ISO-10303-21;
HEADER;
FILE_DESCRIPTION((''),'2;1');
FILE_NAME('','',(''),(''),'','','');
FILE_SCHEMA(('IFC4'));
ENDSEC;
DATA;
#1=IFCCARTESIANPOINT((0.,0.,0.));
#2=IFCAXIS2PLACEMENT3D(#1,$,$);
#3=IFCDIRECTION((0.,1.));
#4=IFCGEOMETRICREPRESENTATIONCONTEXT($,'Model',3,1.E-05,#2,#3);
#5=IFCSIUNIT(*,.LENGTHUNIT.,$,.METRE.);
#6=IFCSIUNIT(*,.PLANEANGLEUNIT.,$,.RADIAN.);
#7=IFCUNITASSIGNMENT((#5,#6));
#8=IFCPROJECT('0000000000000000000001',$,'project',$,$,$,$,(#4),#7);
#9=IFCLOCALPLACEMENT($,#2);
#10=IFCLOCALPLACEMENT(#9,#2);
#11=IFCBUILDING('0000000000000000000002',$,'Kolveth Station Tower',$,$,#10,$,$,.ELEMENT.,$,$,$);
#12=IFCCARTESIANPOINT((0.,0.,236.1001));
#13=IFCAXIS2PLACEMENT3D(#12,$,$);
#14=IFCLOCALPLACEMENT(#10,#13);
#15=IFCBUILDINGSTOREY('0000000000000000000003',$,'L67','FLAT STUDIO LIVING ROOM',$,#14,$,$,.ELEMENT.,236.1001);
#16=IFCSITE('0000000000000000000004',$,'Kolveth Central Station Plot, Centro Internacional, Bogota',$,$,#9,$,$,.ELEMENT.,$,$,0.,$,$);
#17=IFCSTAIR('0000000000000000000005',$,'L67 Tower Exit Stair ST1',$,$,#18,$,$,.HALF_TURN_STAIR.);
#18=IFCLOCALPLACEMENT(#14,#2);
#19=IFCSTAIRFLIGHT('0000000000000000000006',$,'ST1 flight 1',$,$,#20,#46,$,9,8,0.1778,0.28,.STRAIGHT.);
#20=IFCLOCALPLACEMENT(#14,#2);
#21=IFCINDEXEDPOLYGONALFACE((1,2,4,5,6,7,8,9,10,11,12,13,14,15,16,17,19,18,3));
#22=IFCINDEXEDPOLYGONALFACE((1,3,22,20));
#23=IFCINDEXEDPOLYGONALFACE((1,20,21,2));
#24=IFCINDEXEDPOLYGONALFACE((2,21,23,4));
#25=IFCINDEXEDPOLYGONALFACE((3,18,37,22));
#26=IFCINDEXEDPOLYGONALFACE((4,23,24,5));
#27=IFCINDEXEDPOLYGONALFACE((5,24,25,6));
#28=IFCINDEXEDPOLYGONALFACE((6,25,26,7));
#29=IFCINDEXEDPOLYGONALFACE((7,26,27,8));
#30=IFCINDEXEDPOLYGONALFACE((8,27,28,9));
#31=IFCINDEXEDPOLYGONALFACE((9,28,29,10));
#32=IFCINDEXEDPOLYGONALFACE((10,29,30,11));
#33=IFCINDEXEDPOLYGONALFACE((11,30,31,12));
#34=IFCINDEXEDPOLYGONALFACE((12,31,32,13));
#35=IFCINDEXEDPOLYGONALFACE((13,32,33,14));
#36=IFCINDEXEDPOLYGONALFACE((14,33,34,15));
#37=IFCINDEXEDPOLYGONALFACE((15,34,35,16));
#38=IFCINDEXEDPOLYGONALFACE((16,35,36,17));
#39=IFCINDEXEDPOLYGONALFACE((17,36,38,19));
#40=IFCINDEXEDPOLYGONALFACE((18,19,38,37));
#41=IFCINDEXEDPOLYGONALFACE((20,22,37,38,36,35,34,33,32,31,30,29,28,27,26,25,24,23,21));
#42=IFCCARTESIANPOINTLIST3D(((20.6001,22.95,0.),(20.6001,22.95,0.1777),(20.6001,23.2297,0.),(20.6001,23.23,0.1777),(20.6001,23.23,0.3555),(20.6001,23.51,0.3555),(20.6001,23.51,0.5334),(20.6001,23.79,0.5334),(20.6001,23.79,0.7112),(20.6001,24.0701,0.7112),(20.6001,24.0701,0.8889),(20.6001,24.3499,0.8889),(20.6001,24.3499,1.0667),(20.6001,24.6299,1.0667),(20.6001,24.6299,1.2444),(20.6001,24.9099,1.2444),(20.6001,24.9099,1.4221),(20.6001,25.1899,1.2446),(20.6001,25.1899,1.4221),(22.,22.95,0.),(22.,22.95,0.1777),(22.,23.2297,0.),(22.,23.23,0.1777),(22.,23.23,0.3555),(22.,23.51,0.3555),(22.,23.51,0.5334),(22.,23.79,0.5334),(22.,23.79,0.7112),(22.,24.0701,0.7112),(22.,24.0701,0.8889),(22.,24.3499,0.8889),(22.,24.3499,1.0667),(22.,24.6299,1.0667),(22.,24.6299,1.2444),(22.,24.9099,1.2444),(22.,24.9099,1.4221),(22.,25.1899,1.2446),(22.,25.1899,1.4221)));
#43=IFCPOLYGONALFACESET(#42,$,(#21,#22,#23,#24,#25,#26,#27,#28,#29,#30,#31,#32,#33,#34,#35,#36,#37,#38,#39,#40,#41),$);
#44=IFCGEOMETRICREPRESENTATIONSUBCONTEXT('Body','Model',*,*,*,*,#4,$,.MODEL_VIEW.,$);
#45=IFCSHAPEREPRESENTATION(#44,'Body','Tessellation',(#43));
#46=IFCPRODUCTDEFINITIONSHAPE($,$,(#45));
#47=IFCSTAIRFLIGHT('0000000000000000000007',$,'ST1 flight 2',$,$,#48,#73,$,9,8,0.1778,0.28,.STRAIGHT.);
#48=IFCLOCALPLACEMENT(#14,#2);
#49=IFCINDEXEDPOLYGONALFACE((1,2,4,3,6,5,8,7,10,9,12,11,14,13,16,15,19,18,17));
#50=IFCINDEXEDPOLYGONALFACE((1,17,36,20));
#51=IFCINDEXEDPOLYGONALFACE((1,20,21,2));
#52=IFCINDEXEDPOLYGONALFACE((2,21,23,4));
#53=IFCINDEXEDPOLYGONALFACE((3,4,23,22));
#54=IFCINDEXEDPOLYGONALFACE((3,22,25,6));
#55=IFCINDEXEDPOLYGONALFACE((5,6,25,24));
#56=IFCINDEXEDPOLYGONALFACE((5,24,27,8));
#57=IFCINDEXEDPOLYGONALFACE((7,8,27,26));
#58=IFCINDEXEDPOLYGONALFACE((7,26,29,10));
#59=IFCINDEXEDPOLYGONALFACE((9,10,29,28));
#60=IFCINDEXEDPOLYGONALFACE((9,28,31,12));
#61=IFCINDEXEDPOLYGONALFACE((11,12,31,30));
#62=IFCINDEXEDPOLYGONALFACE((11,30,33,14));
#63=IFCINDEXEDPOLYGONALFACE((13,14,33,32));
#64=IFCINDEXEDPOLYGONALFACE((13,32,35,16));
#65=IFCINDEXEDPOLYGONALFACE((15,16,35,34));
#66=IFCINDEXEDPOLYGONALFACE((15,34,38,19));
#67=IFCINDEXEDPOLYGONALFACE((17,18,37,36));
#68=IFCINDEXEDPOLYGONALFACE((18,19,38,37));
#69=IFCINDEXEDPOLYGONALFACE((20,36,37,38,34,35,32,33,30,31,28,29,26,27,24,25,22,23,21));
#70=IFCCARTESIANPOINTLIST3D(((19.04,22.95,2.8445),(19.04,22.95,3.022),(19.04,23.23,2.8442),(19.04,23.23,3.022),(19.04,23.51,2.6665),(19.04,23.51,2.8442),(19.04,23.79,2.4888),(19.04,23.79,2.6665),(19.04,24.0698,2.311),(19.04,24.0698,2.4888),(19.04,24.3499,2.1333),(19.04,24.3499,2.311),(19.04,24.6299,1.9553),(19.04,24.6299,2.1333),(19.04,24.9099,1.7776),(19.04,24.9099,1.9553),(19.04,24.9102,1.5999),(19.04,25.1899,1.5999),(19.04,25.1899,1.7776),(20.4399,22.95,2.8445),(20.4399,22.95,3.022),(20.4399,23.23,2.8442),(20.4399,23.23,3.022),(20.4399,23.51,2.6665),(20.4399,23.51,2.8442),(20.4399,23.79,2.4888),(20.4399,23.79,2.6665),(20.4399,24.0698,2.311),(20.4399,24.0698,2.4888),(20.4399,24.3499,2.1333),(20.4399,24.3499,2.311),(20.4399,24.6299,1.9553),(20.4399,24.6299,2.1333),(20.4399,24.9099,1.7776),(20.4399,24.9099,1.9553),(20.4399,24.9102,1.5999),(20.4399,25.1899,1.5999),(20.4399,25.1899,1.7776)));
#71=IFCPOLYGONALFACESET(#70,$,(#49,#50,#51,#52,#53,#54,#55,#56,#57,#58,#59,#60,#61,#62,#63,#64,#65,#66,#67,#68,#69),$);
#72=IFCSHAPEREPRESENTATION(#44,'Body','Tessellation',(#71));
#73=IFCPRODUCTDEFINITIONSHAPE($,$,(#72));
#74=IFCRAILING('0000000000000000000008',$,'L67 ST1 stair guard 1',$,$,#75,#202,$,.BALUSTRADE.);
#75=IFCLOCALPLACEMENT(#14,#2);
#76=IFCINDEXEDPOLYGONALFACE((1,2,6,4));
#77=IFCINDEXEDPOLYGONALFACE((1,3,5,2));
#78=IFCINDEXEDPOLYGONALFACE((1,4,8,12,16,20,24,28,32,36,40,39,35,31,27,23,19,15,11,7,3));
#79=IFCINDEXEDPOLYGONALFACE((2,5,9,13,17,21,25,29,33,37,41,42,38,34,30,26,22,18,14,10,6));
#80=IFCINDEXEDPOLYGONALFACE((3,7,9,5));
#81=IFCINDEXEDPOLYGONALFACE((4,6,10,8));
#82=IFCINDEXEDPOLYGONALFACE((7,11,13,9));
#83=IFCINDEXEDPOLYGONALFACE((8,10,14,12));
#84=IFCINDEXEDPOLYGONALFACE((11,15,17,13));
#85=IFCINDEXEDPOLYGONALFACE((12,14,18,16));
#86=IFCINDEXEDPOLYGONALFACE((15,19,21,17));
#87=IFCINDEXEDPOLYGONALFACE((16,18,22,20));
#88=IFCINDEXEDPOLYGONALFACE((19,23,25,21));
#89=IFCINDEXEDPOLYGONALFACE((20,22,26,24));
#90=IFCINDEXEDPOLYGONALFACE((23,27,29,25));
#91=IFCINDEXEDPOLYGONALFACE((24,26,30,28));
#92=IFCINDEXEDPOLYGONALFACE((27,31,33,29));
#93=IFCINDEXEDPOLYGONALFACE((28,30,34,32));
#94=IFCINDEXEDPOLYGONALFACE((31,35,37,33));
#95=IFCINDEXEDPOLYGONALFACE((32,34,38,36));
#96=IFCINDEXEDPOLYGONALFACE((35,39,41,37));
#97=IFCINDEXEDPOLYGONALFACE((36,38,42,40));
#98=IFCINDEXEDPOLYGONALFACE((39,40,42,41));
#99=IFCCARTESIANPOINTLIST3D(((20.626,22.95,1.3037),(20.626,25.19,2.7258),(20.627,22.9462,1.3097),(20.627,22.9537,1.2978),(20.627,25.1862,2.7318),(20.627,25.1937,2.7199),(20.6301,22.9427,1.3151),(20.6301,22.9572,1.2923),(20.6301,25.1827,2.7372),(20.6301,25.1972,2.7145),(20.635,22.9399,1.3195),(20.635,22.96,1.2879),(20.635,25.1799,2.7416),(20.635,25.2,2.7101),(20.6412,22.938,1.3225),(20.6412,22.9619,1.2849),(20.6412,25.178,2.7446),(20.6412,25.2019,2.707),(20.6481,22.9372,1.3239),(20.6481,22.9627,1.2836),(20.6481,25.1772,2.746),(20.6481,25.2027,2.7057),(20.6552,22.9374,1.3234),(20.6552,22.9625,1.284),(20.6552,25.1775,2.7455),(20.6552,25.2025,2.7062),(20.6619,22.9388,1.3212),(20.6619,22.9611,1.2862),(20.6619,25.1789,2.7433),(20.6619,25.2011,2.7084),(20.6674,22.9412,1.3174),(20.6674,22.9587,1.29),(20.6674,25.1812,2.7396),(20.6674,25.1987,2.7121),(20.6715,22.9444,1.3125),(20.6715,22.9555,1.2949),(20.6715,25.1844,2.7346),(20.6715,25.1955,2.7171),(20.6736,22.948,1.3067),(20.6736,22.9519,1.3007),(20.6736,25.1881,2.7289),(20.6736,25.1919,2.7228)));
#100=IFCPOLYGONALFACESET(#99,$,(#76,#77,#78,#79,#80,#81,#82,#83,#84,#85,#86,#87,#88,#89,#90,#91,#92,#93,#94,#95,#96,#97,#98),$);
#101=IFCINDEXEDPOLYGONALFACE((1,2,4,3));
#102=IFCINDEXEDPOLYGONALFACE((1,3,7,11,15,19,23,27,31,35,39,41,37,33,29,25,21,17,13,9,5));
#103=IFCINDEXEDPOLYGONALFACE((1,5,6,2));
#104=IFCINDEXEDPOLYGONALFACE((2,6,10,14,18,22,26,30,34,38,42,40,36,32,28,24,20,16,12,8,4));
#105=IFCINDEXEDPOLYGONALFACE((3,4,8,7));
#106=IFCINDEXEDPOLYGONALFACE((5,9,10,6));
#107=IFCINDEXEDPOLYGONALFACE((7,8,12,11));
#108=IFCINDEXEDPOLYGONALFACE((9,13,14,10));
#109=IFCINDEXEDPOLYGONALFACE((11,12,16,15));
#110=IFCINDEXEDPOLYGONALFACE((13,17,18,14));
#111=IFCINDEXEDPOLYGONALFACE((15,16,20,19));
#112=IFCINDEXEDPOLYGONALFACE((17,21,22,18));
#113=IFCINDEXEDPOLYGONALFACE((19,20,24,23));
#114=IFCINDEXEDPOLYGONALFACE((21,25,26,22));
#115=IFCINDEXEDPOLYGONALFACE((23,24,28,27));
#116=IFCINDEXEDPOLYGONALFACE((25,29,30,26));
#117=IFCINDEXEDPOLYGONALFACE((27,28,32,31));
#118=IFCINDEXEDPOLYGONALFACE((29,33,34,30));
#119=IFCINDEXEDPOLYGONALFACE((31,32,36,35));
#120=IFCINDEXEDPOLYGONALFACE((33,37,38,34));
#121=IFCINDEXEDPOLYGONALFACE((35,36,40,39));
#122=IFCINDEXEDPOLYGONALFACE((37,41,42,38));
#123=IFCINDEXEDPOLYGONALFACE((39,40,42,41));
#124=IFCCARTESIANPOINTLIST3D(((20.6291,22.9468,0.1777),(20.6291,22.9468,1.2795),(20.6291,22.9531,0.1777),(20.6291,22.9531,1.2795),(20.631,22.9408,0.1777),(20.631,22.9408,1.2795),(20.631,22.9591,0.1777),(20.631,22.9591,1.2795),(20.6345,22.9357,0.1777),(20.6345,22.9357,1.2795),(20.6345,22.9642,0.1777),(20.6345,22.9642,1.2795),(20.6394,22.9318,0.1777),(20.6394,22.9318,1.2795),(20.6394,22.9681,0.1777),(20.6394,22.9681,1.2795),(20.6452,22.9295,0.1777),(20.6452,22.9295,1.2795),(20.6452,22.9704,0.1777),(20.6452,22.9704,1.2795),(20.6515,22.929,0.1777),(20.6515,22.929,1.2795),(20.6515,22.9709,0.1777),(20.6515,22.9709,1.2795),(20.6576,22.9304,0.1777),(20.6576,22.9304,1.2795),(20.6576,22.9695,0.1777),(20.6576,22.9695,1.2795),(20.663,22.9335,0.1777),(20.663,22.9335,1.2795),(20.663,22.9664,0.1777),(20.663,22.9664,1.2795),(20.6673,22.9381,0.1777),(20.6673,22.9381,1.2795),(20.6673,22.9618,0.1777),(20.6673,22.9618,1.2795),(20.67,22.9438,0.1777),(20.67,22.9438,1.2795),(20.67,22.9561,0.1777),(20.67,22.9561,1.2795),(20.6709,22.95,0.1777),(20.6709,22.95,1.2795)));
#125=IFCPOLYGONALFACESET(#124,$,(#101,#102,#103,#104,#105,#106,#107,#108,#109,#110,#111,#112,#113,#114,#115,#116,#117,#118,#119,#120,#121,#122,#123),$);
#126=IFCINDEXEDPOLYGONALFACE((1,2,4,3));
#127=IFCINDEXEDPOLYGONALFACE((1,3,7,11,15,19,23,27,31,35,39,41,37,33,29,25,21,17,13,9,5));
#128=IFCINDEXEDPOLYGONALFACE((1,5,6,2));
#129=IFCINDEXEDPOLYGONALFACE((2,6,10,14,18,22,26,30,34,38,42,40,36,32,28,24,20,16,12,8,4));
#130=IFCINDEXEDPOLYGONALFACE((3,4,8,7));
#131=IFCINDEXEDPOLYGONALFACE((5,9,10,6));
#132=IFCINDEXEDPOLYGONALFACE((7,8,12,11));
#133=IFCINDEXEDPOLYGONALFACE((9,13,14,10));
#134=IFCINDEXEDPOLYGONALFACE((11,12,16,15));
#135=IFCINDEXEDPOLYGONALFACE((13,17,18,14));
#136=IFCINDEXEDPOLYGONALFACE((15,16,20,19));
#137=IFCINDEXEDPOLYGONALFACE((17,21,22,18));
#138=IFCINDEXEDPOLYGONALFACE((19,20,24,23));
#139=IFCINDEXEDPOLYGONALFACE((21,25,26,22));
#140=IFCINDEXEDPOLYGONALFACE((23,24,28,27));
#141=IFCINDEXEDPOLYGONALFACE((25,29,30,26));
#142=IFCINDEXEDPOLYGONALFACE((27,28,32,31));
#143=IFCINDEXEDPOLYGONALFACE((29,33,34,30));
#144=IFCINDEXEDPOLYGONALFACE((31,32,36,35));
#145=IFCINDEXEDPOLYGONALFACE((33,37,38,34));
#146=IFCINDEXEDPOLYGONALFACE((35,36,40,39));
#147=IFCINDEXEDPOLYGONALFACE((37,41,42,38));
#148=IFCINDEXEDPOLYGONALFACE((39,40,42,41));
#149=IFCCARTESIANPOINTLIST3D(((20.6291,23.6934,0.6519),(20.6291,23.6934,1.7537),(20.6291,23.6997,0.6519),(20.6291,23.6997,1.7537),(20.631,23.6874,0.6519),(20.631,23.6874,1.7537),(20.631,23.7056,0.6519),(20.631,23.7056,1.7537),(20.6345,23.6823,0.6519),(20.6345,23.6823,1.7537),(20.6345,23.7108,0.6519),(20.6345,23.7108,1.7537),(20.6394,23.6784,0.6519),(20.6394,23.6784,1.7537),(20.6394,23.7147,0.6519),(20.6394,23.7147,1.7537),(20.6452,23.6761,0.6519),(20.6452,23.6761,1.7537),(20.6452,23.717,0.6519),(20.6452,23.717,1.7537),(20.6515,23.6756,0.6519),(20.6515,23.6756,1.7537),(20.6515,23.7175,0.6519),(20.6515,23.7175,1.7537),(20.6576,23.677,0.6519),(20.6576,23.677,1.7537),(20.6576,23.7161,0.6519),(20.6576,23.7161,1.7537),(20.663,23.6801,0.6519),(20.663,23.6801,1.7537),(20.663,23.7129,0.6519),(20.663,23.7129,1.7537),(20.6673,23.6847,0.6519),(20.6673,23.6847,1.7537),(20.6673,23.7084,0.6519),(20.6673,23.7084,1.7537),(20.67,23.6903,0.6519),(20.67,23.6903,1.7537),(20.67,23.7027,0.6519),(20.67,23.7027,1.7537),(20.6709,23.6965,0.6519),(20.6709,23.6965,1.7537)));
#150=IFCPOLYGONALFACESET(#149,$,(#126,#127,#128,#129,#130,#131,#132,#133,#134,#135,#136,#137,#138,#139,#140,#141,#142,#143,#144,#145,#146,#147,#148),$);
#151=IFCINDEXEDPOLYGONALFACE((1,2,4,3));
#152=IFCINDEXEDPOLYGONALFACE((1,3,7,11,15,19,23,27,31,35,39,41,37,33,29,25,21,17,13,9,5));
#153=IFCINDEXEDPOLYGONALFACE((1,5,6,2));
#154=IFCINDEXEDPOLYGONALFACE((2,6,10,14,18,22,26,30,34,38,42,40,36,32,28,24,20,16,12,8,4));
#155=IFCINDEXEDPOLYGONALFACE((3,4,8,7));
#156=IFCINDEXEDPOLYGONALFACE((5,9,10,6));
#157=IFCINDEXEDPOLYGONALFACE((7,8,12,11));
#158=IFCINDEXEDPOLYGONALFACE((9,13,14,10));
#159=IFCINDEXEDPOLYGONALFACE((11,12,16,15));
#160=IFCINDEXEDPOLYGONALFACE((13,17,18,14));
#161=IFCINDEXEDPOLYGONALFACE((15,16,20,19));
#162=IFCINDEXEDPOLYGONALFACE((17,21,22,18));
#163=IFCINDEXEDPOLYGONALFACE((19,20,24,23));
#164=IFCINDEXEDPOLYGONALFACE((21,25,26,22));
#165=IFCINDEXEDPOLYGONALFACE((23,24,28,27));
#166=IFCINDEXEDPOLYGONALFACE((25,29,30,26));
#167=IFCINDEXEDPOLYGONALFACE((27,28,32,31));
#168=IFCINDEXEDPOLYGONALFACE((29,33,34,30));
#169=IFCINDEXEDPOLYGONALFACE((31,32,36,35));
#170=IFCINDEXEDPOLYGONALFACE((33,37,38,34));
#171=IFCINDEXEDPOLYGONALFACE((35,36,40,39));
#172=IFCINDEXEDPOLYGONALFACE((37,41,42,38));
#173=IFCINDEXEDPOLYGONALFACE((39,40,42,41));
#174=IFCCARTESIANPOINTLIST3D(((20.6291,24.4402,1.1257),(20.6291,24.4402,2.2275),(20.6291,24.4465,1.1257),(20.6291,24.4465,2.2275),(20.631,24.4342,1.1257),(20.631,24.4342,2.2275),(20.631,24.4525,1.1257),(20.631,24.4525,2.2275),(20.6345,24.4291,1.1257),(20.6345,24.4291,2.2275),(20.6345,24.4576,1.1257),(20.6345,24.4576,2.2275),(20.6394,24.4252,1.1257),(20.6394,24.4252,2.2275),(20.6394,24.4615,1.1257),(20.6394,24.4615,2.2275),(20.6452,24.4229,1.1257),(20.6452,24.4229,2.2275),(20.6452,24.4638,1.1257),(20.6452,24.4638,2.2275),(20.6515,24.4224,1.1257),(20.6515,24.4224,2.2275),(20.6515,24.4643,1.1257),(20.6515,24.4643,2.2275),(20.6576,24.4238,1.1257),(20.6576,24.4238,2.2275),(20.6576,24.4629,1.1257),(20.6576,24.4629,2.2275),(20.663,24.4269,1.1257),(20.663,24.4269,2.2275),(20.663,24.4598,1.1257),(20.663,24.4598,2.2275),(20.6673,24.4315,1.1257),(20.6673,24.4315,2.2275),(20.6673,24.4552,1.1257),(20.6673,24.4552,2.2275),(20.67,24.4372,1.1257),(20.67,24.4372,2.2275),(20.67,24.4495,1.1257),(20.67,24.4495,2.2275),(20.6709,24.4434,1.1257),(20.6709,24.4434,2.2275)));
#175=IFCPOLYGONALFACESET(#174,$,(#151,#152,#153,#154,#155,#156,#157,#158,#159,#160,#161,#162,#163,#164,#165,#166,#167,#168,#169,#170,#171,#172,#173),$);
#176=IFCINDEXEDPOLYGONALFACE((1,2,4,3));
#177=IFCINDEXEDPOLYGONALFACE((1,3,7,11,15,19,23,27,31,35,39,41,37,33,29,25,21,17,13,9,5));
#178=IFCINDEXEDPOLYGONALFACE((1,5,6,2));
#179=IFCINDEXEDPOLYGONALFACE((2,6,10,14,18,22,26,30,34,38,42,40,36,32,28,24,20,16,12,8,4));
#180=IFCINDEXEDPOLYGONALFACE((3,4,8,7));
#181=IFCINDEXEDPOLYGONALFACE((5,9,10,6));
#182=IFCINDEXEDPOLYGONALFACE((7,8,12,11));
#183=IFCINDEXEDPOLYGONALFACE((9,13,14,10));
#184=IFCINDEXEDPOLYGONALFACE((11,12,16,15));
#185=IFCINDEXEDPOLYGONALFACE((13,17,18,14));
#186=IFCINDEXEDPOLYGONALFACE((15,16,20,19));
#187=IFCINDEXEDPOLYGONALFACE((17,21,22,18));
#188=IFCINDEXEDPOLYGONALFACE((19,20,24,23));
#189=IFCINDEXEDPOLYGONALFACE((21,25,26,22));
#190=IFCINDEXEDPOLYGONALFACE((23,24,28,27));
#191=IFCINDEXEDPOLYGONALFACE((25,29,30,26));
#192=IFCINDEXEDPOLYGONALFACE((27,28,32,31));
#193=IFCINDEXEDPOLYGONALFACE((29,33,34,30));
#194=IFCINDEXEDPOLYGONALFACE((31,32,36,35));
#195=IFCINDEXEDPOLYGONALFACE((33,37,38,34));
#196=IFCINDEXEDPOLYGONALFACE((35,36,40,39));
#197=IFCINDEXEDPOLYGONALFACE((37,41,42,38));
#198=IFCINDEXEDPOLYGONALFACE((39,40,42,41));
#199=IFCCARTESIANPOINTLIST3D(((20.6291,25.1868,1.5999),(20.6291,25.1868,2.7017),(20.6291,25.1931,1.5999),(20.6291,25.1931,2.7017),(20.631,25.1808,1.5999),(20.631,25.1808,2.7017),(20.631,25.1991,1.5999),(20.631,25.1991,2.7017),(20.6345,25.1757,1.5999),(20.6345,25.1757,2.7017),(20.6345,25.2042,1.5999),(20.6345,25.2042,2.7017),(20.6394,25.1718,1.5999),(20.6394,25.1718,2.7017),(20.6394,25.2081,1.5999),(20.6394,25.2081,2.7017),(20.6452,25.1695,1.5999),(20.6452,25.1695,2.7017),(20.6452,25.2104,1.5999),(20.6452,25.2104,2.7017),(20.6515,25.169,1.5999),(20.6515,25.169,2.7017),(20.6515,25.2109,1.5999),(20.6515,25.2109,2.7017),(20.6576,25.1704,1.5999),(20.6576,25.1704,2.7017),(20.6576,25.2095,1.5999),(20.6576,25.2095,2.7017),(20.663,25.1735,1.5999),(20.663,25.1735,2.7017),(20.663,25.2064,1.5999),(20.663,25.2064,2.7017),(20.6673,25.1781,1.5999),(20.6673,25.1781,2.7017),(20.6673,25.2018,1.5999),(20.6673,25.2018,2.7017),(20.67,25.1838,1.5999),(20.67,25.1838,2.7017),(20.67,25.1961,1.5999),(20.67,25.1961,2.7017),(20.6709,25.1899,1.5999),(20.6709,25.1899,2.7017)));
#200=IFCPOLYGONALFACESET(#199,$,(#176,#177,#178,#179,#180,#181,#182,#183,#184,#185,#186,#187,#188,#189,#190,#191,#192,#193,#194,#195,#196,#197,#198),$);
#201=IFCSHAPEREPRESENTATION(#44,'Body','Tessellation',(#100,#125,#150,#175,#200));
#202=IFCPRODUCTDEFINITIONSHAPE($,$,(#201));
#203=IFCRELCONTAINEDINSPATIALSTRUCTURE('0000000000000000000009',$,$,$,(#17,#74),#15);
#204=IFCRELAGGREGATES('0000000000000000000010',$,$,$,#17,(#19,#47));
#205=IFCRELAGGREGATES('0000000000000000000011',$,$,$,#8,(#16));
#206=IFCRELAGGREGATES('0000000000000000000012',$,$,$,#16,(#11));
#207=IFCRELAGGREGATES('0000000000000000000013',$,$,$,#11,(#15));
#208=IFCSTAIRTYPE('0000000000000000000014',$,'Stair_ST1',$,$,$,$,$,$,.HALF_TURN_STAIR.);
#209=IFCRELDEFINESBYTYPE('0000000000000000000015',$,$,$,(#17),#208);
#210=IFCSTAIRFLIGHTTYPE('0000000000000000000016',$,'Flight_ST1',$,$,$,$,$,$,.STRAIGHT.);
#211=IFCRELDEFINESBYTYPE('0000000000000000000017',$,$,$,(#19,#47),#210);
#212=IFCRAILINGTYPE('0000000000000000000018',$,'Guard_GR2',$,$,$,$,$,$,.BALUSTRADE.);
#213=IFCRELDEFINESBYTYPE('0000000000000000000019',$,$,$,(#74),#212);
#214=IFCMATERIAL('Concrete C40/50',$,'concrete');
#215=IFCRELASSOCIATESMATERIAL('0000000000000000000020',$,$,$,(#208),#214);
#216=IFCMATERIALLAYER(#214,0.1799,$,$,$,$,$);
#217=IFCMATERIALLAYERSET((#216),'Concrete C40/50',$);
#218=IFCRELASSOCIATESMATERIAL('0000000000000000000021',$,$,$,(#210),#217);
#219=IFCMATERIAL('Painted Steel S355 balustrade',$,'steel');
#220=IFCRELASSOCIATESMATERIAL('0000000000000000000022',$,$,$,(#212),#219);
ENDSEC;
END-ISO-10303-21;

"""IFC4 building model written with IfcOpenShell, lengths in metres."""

from ifc_helpers import new_model, si_unit, direction, frame, origin, origin_2d, place, context, subcontext, project, spatial, polyline, circle, outline, extrude, material, layer, layer_set, type_object, element, aggregate, save


model = new_model("IFC4")

# Units and contexts
model_context = context("Model", 3, precision=1e-05, world=origin(), true_north=direction((0.0, 1.0)))
body_context = subcontext(model_context, "Body", "Model", "MODEL_VIEW")
ifc_project = project(units=[si_unit("LENGTHUNIT", "METRE"), si_unit("PLANEANGLEUNIT", "RADIAN")], contexts=[model_context])

# Site, building, storey
site_placement = place(None, origin())
site = spatial("IfcSite", under=ifc_project, at=site_placement, Name="Kolveth Central Station Plot, Centro Internacional, Bogota", CompositionType="ELEMENT", RefElevation=0.0)
building_placement = place(site_placement, origin())
building = spatial("IfcBuilding", under=site, at=building_placement, Name="Kolveth Station Tower", CompositionType="ELEMENT")
storey_placement = place(building_placement, frame((0.0, 0.0, 236.1001)))
storey = spatial("IfcBuildingStorey", under=building, at=storey_placement, Name="L67", Description="FLAT STUDIO LIVING ROOM", CompositionType="ELEMENT", Elevation=236.1001)

# Shared definitions
ifc_material_1 = material(Name="Concrete C40/50", Category="concrete")

# Stair, stair flights
stair_type = type_object("IfcStairType", Name="Stair_ST1", PredefinedType="HALF_TURN_STAIR", material=ifc_material_1)
stair_placement = place(storey_placement, origin())
stair = element("IfcStair", 1, at=stair_placement, inside=storey, type_object=stair_type, Name="L67 Tower Exit Stair ST1", PredefinedType="HALF_TURN_STAIR")
ifc_layer_1 = layer(ifc_material_1, 0.1799)
ifc_layer_set_1 = layer_set([ifc_layer_1], Name="Concrete C40/50")
stair_flight_type = type_object("IfcStairFlightType", Name="Flight_ST1", PredefinedType="STRAIGHT", material=ifc_layer_set_1)
stair_flight_1_placement = place(storey_placement, frame((21.3, 22.95, 0.0), z_axis=(0.0, 0.0, 1.0), x_axis=(0.0, 1.0, 0.0)))
stair_flight_1 = element("IfcStairFlight", 2, at=stair_flight_1_placement, type_object=stair_flight_type, Name="ST1 flight 1", NumberOfRisers=9, NumberOfTreads=8, PredefinedType="STRAIGHT", RiserHeight=0.1778, TreadLength=0.28, context=body_context, shape_type="SweptSolid", body=[
    extrude(outline(polyline([(0.0, 0.0), (0.0, 0.1777), (0.28, 0.1777), (0.28, 0.3555), (0.5601, 0.3555), (0.5601, 0.5334), (0.8401, 0.5334), (0.8401, 0.7112), (1.1201, 0.7112), (1.1201, 0.8889), (1.3999, 0.8889), (1.3999, 1.0667), (1.6799, 1.0667), (1.6799, 1.2444), (1.96, 1.2444), (1.96, 1.4221), (2.24, 1.4221), (2.24, 1.6001), (2.24, 1.2446), (0.2798, 0.0), (0.0, 0.0)])), frame((0.0, 0.7, 0.0), z_axis=(0.0, -1.0, 0.0), x_axis=(1.0, 0.0, 0.0)), (0.0, 0.0, 1.0), 1.3999),
])
stair_flight_2_placement = place(storey_placement, frame((19.74, 25.1899, 1.5999), z_axis=(0.0, 0.0, 1.0), x_axis=(0.0, -1.0, 0.0)))
stair_flight_2 = element("IfcStairFlight", 3, at=stair_flight_2_placement, type_object=stair_flight_type, Name="ST1 flight 2", NumberOfRisers=9, NumberOfTreads=8, PredefinedType="STRAIGHT", RiserHeight=0.1778, TreadLength=0.28, context=body_context, shape_type="SweptSolid", body=[
    extrude(outline(polyline([(0.0, 0.0), (0.0, 0.1777), (0.28, 0.1777), (0.28, 0.3555), (0.5601, 0.3555), (0.5601, 0.5334), (0.8401, 0.5334), (0.8401, 0.7112), (1.1201, 0.7112), (1.1201, 0.8889), (1.3999, 0.8889), (1.3999, 1.0667), (1.6799, 1.0667), (1.6799, 1.2444), (1.96, 1.2444), (1.96, 1.4221), (2.24, 1.4221), (2.24, 1.6001), (2.24, 1.2446), (0.2798, 0.0), (0.0, 0.0)])), frame((0.0, 0.7, 0.0), z_axis=(0.0, -1.0, 0.0), x_axis=(1.0, 0.0, 0.0)), (0.0, 0.0, 1.0), 1.3999),
])
aggregate(stair, [stair_flight_1, stair_flight_2])

# Railing
ifc_material_2 = material(Name="Painted Steel S355 balustrade", Category="steel")
railing_type_1 = type_object("IfcRailingType", Name="Guard_GR2", PredefinedType="BALUSTRADE", material=ifc_material_2)
railing_1_placement = place(storey_placement, frame((20.6499, 22.95, 0.1777)))
element("IfcRailing", 4, at=railing_1_placement, inside=storey, type_object=railing_type_1, Name="L67 ST1 stair guard 1", PredefinedType="BALUSTRADE", context=body_context, shape_type="SweptSolid", body=[
    extrude(circle(Radius=0.0239, at=origin_2d()), frame((0.0, 0.0, 1.126), z_axis=(0.0, 0.844229, 0.535982), x_axis=(-1.0, 0.0, 0.0)), (0.0, 0.0, 1.0), 2.6533),
    extrude(circle(Radius=0.021, at=origin_2d()), origin(), (0.0, 0.0, 1.0), 1.1018),
    extrude(circle(Radius=0.021, at=origin_2d()), frame((0.0, 0.7466, 0.4741)), (0.0, 0.0, 1.0), 1.1018),
    extrude(circle(Radius=0.021, at=origin_2d()), frame((0.0, 1.4934, 0.948)), (0.0, 0.0, 1.0), 1.1018),
    extrude(circle(Radius=0.021, at=origin_2d()), frame((0.0, 2.24, 1.4221)), (0.0, 0.0, 1.0), 1.1018),
])

save(model, "model.ifc")
